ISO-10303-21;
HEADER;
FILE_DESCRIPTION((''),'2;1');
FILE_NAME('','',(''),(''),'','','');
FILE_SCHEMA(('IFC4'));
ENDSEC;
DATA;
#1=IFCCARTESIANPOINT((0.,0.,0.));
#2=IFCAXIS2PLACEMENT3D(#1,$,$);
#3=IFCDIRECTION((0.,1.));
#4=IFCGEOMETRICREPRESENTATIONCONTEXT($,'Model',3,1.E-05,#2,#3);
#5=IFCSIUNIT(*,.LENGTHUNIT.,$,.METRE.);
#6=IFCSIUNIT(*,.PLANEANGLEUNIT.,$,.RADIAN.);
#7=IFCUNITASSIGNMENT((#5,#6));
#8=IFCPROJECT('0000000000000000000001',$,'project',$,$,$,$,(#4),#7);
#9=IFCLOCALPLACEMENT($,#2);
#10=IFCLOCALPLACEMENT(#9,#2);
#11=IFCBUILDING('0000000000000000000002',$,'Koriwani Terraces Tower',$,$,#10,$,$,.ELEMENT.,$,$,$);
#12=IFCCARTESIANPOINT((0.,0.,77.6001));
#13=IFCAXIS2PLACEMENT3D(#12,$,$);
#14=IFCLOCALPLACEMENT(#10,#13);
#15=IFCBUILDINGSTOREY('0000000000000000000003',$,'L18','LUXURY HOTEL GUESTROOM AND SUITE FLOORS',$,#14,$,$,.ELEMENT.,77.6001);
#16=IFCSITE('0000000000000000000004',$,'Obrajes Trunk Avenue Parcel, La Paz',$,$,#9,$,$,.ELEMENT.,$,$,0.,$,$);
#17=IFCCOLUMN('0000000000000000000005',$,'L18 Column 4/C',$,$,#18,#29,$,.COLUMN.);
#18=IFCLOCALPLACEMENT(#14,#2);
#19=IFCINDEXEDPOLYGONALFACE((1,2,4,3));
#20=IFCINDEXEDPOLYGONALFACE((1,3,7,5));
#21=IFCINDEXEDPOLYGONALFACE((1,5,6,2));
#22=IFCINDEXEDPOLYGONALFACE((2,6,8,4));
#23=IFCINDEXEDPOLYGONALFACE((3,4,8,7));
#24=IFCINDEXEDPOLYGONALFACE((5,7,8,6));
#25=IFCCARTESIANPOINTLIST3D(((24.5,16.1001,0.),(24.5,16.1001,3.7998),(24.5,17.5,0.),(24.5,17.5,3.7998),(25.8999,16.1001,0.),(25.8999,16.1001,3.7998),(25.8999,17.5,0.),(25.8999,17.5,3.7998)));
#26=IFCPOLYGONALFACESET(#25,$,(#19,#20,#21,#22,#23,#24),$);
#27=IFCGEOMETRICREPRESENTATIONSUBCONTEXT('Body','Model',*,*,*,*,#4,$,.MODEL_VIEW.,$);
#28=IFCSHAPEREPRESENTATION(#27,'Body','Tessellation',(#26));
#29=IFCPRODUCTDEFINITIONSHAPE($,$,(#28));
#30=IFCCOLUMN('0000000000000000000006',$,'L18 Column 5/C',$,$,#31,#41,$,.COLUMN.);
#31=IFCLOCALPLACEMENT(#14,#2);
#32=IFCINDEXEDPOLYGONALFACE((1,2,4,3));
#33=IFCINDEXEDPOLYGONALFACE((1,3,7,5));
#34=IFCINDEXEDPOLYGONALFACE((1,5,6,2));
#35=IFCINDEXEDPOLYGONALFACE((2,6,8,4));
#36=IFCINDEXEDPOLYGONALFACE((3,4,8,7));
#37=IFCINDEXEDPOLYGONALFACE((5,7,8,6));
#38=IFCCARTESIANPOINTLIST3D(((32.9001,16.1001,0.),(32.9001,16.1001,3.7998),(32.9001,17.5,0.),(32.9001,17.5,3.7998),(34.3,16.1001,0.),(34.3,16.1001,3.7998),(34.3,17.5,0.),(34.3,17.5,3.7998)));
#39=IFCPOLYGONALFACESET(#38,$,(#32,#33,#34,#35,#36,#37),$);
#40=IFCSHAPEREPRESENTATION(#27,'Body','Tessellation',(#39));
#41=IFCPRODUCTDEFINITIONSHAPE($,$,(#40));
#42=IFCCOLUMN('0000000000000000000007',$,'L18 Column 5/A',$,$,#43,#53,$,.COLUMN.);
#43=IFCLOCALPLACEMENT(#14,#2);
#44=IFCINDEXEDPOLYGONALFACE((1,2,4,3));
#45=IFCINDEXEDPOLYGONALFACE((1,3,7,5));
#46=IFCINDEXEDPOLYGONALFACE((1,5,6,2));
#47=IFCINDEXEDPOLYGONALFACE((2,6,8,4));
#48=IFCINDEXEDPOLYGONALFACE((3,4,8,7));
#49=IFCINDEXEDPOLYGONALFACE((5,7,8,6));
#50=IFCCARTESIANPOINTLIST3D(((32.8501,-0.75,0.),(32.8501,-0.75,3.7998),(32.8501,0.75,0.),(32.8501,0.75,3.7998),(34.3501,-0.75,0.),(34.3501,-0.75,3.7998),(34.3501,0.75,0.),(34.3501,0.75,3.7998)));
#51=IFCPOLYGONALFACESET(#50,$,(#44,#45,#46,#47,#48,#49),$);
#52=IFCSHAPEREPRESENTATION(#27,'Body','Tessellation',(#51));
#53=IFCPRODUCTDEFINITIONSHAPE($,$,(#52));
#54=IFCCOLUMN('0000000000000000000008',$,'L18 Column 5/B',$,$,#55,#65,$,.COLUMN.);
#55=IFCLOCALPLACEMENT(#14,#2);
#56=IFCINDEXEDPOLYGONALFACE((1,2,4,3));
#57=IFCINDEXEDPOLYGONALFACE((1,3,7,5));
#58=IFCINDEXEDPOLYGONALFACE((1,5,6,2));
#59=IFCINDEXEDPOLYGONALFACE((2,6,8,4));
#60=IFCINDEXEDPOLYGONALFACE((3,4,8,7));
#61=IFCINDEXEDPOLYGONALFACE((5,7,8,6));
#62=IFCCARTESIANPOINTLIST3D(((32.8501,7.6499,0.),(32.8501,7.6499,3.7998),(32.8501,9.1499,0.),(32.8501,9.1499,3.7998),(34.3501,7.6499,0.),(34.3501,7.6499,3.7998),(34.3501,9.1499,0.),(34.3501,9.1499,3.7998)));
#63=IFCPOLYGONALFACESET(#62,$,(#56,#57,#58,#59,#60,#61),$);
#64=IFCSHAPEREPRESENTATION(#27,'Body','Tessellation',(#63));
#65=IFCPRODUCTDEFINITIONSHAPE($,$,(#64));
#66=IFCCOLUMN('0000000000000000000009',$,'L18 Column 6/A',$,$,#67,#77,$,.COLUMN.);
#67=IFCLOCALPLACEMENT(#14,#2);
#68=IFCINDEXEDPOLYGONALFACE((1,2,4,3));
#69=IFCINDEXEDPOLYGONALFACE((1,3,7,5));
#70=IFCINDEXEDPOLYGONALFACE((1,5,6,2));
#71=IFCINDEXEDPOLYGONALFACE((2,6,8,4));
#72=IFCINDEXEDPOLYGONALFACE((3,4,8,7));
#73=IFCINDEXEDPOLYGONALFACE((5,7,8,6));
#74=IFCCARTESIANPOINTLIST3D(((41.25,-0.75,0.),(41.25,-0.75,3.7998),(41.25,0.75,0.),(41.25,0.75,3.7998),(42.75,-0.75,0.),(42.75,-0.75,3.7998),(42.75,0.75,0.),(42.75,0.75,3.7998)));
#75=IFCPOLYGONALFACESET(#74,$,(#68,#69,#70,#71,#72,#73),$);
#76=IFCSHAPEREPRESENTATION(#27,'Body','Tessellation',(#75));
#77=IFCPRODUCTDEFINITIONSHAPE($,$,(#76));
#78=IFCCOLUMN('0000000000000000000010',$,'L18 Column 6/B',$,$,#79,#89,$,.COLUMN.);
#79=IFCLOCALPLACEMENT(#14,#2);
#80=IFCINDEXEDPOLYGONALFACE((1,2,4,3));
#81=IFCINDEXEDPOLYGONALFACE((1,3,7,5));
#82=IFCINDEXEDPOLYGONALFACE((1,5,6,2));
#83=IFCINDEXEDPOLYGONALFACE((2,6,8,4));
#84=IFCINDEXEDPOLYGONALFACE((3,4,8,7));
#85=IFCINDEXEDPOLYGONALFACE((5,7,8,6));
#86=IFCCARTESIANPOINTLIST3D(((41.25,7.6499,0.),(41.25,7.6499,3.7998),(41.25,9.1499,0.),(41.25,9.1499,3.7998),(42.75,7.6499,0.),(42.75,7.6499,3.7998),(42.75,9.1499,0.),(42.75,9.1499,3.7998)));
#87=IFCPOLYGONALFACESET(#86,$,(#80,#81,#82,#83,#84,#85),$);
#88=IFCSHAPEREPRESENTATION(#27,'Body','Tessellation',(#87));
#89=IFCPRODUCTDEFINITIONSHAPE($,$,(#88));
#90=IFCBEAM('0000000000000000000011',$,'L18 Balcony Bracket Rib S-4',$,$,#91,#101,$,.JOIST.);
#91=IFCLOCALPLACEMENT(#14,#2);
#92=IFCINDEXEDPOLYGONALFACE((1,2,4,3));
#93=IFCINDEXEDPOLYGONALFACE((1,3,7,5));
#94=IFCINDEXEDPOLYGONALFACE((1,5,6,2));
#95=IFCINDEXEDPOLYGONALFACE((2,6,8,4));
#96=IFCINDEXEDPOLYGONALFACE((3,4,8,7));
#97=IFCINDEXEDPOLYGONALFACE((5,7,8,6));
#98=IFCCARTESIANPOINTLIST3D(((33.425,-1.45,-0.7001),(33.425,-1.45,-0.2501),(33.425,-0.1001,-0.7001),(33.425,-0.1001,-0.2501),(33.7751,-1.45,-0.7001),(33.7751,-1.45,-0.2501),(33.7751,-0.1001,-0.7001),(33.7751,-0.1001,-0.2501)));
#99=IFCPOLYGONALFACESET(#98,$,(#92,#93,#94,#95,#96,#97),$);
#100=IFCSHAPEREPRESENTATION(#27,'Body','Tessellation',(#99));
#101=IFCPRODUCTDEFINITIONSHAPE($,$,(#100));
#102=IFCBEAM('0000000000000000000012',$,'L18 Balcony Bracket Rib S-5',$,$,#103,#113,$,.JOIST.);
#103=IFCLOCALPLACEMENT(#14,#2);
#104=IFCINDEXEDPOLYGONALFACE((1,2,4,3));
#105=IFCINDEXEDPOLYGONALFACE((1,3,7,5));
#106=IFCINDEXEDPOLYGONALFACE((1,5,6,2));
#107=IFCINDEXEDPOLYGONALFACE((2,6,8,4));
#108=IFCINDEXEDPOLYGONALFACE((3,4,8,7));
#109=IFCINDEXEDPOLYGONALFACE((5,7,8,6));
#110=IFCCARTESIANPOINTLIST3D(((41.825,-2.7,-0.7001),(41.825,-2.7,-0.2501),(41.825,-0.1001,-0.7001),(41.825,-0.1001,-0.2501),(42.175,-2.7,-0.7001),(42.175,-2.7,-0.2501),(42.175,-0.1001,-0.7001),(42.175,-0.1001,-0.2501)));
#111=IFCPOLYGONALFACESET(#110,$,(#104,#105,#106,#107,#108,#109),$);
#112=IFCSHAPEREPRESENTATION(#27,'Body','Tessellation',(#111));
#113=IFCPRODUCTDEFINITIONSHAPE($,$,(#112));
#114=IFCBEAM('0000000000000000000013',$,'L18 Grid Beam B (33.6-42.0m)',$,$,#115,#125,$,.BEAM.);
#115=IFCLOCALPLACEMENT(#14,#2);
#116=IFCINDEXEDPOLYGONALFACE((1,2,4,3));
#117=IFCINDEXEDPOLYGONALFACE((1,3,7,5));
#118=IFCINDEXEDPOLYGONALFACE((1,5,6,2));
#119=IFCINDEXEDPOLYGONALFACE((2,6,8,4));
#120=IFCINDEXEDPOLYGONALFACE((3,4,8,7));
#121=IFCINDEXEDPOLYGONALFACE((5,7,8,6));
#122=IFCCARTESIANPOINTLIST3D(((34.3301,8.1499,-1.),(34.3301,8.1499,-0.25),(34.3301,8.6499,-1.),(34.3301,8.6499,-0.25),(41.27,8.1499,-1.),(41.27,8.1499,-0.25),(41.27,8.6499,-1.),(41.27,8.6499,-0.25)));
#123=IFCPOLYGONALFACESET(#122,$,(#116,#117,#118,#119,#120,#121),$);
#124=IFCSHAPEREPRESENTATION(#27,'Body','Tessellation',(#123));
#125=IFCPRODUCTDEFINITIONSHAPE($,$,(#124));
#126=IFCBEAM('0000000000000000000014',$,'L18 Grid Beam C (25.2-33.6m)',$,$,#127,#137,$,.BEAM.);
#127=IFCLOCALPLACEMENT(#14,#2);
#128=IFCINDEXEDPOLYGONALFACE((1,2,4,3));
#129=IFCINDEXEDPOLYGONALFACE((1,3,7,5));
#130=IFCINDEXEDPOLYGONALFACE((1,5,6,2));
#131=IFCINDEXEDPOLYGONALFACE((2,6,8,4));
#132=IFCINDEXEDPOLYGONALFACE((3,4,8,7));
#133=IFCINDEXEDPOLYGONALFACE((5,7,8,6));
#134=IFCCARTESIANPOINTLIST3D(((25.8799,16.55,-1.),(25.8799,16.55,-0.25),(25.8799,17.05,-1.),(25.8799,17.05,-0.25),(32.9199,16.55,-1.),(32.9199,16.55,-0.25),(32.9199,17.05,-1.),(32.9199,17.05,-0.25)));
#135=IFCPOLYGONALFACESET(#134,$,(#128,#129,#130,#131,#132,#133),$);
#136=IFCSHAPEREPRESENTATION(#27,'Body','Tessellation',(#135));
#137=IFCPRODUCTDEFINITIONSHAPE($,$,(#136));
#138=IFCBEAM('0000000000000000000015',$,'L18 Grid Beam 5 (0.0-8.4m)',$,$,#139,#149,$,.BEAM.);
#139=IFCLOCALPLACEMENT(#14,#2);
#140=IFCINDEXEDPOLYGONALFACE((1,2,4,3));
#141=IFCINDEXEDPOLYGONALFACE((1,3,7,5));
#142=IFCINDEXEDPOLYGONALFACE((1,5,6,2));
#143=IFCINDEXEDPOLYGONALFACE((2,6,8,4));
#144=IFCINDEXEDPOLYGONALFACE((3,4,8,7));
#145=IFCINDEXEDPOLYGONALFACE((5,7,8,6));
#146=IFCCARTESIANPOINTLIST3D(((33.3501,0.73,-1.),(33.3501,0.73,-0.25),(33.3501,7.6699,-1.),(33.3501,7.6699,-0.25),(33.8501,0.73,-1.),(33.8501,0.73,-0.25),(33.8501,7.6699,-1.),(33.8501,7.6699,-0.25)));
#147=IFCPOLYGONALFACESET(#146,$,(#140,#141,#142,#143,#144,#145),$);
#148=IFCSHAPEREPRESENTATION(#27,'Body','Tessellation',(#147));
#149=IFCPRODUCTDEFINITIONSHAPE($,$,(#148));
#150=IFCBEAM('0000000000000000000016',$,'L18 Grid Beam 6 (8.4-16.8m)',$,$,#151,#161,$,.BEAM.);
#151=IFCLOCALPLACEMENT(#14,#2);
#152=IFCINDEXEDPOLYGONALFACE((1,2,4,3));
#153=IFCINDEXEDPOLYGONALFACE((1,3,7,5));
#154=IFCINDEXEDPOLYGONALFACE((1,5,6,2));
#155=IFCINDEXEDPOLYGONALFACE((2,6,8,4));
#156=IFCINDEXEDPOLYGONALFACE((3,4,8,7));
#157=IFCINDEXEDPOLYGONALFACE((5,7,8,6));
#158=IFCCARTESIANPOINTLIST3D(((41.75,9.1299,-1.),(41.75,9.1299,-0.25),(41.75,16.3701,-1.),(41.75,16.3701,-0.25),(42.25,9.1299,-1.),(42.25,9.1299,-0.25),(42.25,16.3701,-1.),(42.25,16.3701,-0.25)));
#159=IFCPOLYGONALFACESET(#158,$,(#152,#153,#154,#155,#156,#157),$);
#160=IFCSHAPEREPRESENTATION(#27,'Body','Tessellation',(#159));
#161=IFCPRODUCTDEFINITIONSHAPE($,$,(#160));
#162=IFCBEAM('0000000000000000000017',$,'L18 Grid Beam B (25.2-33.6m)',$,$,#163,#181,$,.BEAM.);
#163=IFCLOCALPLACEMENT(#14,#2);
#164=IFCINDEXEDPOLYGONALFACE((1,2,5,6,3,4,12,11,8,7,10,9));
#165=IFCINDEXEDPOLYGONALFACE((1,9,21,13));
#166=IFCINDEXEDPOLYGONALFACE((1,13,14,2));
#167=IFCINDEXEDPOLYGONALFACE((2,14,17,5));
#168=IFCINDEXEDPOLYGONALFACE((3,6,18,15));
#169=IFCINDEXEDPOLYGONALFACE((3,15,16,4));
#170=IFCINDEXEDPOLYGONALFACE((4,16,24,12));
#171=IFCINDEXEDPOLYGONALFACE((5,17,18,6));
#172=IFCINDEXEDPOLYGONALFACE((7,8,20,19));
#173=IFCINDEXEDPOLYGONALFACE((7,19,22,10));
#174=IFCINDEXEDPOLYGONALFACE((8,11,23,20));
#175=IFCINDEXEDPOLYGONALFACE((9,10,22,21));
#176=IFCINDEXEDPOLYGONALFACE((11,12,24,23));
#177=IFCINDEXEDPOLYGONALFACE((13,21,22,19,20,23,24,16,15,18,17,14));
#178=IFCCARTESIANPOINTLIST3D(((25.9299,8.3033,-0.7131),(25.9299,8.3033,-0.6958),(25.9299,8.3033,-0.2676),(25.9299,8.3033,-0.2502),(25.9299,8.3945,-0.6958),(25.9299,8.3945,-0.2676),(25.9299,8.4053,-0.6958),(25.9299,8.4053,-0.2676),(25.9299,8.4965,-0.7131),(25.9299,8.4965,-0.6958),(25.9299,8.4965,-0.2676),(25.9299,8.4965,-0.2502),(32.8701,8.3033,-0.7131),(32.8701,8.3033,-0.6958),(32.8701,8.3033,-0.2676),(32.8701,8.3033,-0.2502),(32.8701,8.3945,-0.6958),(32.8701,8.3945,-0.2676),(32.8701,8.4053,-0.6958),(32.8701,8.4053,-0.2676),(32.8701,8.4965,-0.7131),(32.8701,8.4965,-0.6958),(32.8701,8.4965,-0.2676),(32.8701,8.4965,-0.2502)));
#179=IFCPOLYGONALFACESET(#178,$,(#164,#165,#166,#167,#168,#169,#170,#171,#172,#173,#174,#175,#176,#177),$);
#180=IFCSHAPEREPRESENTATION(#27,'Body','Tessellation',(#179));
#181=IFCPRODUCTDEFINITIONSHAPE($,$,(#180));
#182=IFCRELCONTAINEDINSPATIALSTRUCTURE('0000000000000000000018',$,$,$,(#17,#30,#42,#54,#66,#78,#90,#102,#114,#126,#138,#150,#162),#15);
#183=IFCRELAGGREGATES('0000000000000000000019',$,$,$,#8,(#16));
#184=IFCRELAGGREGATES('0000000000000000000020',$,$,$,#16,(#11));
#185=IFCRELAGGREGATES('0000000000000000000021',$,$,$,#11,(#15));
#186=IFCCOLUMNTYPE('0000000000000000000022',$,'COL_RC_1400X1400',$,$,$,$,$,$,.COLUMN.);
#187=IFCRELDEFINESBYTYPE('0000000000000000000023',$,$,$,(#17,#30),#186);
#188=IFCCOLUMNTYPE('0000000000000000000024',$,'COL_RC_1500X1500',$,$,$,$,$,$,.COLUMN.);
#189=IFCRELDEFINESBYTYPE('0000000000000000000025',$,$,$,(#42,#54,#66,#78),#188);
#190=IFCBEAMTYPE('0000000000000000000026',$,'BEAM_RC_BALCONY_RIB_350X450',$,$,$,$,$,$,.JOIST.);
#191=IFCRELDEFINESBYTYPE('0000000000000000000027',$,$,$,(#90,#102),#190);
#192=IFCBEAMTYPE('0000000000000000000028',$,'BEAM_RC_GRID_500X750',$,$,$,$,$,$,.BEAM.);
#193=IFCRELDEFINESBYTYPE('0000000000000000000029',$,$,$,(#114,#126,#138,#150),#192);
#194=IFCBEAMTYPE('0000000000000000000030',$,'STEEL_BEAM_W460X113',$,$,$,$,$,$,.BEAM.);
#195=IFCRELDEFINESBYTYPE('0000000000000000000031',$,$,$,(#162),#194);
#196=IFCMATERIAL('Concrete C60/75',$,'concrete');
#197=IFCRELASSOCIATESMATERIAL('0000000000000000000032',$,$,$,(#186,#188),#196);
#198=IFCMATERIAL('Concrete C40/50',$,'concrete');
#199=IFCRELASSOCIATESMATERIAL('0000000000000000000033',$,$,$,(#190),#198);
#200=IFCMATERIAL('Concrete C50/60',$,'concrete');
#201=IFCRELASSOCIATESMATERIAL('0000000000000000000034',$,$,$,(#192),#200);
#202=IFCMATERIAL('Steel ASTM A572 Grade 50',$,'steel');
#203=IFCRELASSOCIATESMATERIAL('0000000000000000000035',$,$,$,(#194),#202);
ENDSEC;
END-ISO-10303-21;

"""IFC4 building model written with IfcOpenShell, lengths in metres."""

from ifc_helpers import new_model, si_unit, direction, frame, origin, origin_2d, place, context, subcontext, project, spatial, rectangle, i_section, extrude, material, material_profile, profile_set, type_object, element, save


model = new_model("IFC4")

# Units and contexts
model_context = context("Model", 3, precision=1e-05, world=origin(), true_north=direction((0.0, 1.0)))
body_context = subcontext(model_context, "Body", "Model", "MODEL_VIEW")
ifc_project = project(units=[si_unit("LENGTHUNIT", "METRE"), si_unit("PLANEANGLEUNIT", "RADIAN")], contexts=[model_context])

# Site, building, storey
site_placement = place(None, origin())
site = spatial("IfcSite", under=ifc_project, at=site_placement, Name="Obrajes Trunk Avenue Parcel, La Paz", CompositionType="ELEMENT", RefElevation=0.0)
building_placement = place(site_placement, origin())
building = spatial("IfcBuilding", under=site, at=building_placement, Name="Koriwani Terraces Tower", CompositionType="ELEMENT")
storey_placement = place(building_placement, frame((0.0, 0.0, 77.6001)))
storey = spatial("IfcBuildingStorey", under=building, at=storey_placement, Name="L18", Description="LUXURY HOTEL GUESTROOM AND SUITE FLOORS", CompositionType="ELEMENT", Elevation=77.6001)

# Columns
ifc_material_1 = material(Name="Concrete C60/75", Category="concrete")
ifc_material_profile_1 = material_profile(ifc_material_1, rectangle(XDim=1.3999, YDim=1.3999, at=origin_2d()), Name="Concrete C60/75", Category="LoadBearing")
ifc_profile_set_1 = profile_set([ifc_material_profile_1], Name="Concrete C60/75")
column_type_1 = type_object("IfcColumnType", Name="COL_RC_1400X1400", PredefinedType="COLUMN", material=ifc_profile_set_1)
for number, where, z_axis, x_axis, name in (
    (1, (25.2, 16.8, 0.0), (0.0, 0.0, 1.0), (1.0, 0.0, 0.0), "L18 Column 4/C"),
    (2, (33.6001, 16.8, 0.0), (0.0, 0.0, 1.0), (1.0, 0.0, 0.0), "L18 Column 5/C"),
):
    element("IfcColumn", number, at=place(storey_placement, frame(where, z_axis=z_axis, x_axis=x_axis)), inside=storey, type_object=column_type_1, Name=name, PredefinedType="COLUMN", context=body_context, shape_type="SweptSolid", body=[
        extrude(rectangle(XDim=1.3999, YDim=1.3999, at=origin_2d()), origin(), (0.0, 0.0, 1.0), 3.7998),
    ])
ifc_material_profile_2 = material_profile(ifc_material_1, rectangle(XDim=1.5, YDim=1.5, at=origin_2d()), Name="Concrete C60/75", Category="LoadBearing")
ifc_profile_set_2 = profile_set([ifc_material_profile_2], Name="Concrete C60/75")
column_type_2 = type_object("IfcColumnType", Name="COL_RC_1500X1500", PredefinedType="COLUMN", material=ifc_profile_set_2)
for number, where, z_axis, x_axis, name in (
    (3, (33.6001, 0.0, 0.0), (0.0, 0.0, 1.0), (1.0, 0.0, 0.0), "L18 Column 5/A"),
    (4, (33.6001, 8.3999, 0.0), (0.0, 0.0, 1.0), (1.0, 0.0, 0.0), "L18 Column 5/B"),
    (5, (42.0, 0.0, 0.0), (0.0, 0.0, 1.0), (1.0, 0.0, 0.0), "L18 Column 6/A"),
    (6, (42.0, 8.3999, 0.0), (0.0, 0.0, 1.0), (1.0, 0.0, 0.0), "L18 Column 6/B"),
):
    element("IfcColumn", number, at=place(storey_placement, frame(where, z_axis=z_axis, x_axis=x_axis)), inside=storey, type_object=column_type_2, Name=name, PredefinedType="COLUMN", context=body_context, shape_type="SweptSolid", body=[
        extrude(rectangle(XDim=1.5, YDim=1.5, at=origin_2d()), origin(), (0.0, 0.0, 1.0), 3.7998),
    ])

# Beams
ifc_material_2 = material(Name="Concrete C40/50", Category="concrete")
ifc_material_profile_3 = material_profile(ifc_material_2, rectangle(XDim=0.3501, YDim=0.45, at=origin_2d()), Name="Concrete C40/50", Category="LoadBearing")
ifc_profile_set_3 = profile_set([ifc_material_profile_3], Name="Concrete C40/50")
beam_type_1 = type_object("IfcBeamType", Name="BEAM_RC_BALCONY_RIB_350X450", PredefinedType="JOIST", material=ifc_profile_set_3)
beam_1_placement = place(storey_placement, frame((33.6001, -1.45, -0.4751), z_axis=(0.0, 1.0, 0.0), x_axis=(-1.0, 0.0, 0.0)))
element("IfcBeam", 7, at=beam_1_placement, inside=storey, type_object=beam_type_1, Name="L18 Balcony Bracket Rib S-4", PredefinedType="JOIST", context=body_context, shape_type="SweptSolid", body=[
    extrude(rectangle(XDim=0.3501, YDim=0.45, at=origin_2d()), origin(), (0.0, 0.0, 1.0), 1.3499),
])
beam_2_placement = place(storey_placement, frame((42.0, -2.7, -0.4751), z_axis=(0.0, 1.0, 0.0), x_axis=(-1.0, 0.0, 0.0)))
element("IfcBeam", 8, at=beam_2_placement, inside=storey, type_object=beam_type_1, Name="L18 Balcony Bracket Rib S-5", PredefinedType="JOIST", context=body_context, shape_type="SweptSolid", body=[
    extrude(rectangle(XDim=0.3501, YDim=0.45, at=origin_2d()), origin(), (0.0, 0.0, 1.0), 2.5999),
])
ifc_material_3 = material(Name="Concrete C50/60", Category="concrete")
ifc_material_profile_4 = material_profile(ifc_material_3, rectangle(XDim=0.5, YDim=0.75, at=origin_2d()), Name="Concrete C50/60", Category="LoadBearing")
ifc_profile_set_4 = profile_set([ifc_material_profile_4], Name="Concrete C50/60")
beam_type_2 = type_object("IfcBeamType", Name="BEAM_RC_GRID_500X750", PredefinedType="BEAM", material=ifc_profile_set_4)
beam_3_placement = place(storey_placement, frame((34.3301, 8.3999, -0.625), z_axis=(1.0, 0.0, 0.0), x_axis=(0.0, 1.0, 0.0)))
element("IfcBeam", 9, at=beam_3_placement, inside=storey, type_object=beam_type_2, Name="L18 Grid Beam B (33.6-42.0m)", PredefinedType="BEAM", context=body_context, shape_type="SweptSolid", body=[
    extrude(rectangle(XDim=0.5, YDim=0.75, at=origin_2d()), origin(), (0.0, 0.0, 1.0), 6.9399),
])
beam_4_placement = place(storey_placement, frame((25.8799, 16.8, -0.625), z_axis=(1.0, 0.0, 0.0), x_axis=(0.0, 1.0, 0.0)))
element("IfcBeam", 10, at=beam_4_placement, inside=storey, type_object=beam_type_2, Name="L18 Grid Beam C (25.2-33.6m)", PredefinedType="BEAM", context=body_context, shape_type="SweptSolid", body=[
    extrude(rectangle(XDim=0.5, YDim=0.75, at=origin_2d()), origin(), (0.0, 0.0, 1.0), 7.04),
])
beam_5_placement = place(storey_placement, frame((33.6001, 0.73, -0.625), z_axis=(0.0, 1.0, 0.0), x_axis=(-1.0, 0.0, 0.0)))
element("IfcBeam", 11, at=beam_5_placement, inside=storey, type_object=beam_type_2, Name="L18 Grid Beam 5 (0.0-8.4m)", PredefinedType="BEAM", context=body_context, shape_type="SweptSolid", body=[
    extrude(rectangle(XDim=0.5, YDim=0.75, at=origin_2d()), origin(), (0.0, 0.0, 1.0), 6.9399),
])
beam_6_placement = place(storey_placement, frame((42.0, 9.1299, -0.625), z_axis=(0.0, 1.0, 0.0), x_axis=(-1.0, 0.0, 0.0)))
element("IfcBeam", 12, at=beam_6_placement, inside=storey, type_object=beam_type_2, Name="L18 Grid Beam 6 (8.4-16.8m)", PredefinedType="BEAM", context=body_context, shape_type="SweptSolid", body=[
    extrude(rectangle(XDim=0.5, YDim=0.75, at=origin_2d()), origin(), (0.0, 0.0, 1.0), 7.2402),
])
ifc_material_4 = material(Name="Steel ASTM A572 Grade 50", Category="steel")
ifc_material_profile_5 = material_profile(ifc_material_4, i_section(OverallWidth=0.1931, OverallDepth=0.4629, WebThickness=0.0107, FlangeThickness=0.0173, at=origin_2d()), Name="Steel ASTM A572 Grade 50", Category="LoadBearing")
ifc_profile_set_5 = profile_set([ifc_material_profile_5], Name="Steel ASTM A572 Grade 50")
beam_type_3 = type_object("IfcBeamType", Name="STEEL_BEAM_W460X113", PredefinedType="BEAM", material=ifc_profile_set_5)
beam_7_placement = place(storey_placement, frame((25.9299, 8.3999, -0.4817), z_axis=(1.0, 0.0, 0.0), x_axis=(0.0, 1.0, 0.0)))
element("IfcBeam", 13, at=beam_7_placement, inside=storey, type_object=beam_type_3, Name="L18 Grid Beam B (25.2-33.6m)", PredefinedType="BEAM", context=body_context, shape_type="SweptSolid", body=[
    extrude(i_section(OverallWidth=0.1931, OverallDepth=0.4629, WebThickness=0.0107, FlangeThickness=0.0173, at=origin_2d()), origin(), (0.0, 0.0, 1.0), 6.9402),
])

save(model, "model.ifc")
